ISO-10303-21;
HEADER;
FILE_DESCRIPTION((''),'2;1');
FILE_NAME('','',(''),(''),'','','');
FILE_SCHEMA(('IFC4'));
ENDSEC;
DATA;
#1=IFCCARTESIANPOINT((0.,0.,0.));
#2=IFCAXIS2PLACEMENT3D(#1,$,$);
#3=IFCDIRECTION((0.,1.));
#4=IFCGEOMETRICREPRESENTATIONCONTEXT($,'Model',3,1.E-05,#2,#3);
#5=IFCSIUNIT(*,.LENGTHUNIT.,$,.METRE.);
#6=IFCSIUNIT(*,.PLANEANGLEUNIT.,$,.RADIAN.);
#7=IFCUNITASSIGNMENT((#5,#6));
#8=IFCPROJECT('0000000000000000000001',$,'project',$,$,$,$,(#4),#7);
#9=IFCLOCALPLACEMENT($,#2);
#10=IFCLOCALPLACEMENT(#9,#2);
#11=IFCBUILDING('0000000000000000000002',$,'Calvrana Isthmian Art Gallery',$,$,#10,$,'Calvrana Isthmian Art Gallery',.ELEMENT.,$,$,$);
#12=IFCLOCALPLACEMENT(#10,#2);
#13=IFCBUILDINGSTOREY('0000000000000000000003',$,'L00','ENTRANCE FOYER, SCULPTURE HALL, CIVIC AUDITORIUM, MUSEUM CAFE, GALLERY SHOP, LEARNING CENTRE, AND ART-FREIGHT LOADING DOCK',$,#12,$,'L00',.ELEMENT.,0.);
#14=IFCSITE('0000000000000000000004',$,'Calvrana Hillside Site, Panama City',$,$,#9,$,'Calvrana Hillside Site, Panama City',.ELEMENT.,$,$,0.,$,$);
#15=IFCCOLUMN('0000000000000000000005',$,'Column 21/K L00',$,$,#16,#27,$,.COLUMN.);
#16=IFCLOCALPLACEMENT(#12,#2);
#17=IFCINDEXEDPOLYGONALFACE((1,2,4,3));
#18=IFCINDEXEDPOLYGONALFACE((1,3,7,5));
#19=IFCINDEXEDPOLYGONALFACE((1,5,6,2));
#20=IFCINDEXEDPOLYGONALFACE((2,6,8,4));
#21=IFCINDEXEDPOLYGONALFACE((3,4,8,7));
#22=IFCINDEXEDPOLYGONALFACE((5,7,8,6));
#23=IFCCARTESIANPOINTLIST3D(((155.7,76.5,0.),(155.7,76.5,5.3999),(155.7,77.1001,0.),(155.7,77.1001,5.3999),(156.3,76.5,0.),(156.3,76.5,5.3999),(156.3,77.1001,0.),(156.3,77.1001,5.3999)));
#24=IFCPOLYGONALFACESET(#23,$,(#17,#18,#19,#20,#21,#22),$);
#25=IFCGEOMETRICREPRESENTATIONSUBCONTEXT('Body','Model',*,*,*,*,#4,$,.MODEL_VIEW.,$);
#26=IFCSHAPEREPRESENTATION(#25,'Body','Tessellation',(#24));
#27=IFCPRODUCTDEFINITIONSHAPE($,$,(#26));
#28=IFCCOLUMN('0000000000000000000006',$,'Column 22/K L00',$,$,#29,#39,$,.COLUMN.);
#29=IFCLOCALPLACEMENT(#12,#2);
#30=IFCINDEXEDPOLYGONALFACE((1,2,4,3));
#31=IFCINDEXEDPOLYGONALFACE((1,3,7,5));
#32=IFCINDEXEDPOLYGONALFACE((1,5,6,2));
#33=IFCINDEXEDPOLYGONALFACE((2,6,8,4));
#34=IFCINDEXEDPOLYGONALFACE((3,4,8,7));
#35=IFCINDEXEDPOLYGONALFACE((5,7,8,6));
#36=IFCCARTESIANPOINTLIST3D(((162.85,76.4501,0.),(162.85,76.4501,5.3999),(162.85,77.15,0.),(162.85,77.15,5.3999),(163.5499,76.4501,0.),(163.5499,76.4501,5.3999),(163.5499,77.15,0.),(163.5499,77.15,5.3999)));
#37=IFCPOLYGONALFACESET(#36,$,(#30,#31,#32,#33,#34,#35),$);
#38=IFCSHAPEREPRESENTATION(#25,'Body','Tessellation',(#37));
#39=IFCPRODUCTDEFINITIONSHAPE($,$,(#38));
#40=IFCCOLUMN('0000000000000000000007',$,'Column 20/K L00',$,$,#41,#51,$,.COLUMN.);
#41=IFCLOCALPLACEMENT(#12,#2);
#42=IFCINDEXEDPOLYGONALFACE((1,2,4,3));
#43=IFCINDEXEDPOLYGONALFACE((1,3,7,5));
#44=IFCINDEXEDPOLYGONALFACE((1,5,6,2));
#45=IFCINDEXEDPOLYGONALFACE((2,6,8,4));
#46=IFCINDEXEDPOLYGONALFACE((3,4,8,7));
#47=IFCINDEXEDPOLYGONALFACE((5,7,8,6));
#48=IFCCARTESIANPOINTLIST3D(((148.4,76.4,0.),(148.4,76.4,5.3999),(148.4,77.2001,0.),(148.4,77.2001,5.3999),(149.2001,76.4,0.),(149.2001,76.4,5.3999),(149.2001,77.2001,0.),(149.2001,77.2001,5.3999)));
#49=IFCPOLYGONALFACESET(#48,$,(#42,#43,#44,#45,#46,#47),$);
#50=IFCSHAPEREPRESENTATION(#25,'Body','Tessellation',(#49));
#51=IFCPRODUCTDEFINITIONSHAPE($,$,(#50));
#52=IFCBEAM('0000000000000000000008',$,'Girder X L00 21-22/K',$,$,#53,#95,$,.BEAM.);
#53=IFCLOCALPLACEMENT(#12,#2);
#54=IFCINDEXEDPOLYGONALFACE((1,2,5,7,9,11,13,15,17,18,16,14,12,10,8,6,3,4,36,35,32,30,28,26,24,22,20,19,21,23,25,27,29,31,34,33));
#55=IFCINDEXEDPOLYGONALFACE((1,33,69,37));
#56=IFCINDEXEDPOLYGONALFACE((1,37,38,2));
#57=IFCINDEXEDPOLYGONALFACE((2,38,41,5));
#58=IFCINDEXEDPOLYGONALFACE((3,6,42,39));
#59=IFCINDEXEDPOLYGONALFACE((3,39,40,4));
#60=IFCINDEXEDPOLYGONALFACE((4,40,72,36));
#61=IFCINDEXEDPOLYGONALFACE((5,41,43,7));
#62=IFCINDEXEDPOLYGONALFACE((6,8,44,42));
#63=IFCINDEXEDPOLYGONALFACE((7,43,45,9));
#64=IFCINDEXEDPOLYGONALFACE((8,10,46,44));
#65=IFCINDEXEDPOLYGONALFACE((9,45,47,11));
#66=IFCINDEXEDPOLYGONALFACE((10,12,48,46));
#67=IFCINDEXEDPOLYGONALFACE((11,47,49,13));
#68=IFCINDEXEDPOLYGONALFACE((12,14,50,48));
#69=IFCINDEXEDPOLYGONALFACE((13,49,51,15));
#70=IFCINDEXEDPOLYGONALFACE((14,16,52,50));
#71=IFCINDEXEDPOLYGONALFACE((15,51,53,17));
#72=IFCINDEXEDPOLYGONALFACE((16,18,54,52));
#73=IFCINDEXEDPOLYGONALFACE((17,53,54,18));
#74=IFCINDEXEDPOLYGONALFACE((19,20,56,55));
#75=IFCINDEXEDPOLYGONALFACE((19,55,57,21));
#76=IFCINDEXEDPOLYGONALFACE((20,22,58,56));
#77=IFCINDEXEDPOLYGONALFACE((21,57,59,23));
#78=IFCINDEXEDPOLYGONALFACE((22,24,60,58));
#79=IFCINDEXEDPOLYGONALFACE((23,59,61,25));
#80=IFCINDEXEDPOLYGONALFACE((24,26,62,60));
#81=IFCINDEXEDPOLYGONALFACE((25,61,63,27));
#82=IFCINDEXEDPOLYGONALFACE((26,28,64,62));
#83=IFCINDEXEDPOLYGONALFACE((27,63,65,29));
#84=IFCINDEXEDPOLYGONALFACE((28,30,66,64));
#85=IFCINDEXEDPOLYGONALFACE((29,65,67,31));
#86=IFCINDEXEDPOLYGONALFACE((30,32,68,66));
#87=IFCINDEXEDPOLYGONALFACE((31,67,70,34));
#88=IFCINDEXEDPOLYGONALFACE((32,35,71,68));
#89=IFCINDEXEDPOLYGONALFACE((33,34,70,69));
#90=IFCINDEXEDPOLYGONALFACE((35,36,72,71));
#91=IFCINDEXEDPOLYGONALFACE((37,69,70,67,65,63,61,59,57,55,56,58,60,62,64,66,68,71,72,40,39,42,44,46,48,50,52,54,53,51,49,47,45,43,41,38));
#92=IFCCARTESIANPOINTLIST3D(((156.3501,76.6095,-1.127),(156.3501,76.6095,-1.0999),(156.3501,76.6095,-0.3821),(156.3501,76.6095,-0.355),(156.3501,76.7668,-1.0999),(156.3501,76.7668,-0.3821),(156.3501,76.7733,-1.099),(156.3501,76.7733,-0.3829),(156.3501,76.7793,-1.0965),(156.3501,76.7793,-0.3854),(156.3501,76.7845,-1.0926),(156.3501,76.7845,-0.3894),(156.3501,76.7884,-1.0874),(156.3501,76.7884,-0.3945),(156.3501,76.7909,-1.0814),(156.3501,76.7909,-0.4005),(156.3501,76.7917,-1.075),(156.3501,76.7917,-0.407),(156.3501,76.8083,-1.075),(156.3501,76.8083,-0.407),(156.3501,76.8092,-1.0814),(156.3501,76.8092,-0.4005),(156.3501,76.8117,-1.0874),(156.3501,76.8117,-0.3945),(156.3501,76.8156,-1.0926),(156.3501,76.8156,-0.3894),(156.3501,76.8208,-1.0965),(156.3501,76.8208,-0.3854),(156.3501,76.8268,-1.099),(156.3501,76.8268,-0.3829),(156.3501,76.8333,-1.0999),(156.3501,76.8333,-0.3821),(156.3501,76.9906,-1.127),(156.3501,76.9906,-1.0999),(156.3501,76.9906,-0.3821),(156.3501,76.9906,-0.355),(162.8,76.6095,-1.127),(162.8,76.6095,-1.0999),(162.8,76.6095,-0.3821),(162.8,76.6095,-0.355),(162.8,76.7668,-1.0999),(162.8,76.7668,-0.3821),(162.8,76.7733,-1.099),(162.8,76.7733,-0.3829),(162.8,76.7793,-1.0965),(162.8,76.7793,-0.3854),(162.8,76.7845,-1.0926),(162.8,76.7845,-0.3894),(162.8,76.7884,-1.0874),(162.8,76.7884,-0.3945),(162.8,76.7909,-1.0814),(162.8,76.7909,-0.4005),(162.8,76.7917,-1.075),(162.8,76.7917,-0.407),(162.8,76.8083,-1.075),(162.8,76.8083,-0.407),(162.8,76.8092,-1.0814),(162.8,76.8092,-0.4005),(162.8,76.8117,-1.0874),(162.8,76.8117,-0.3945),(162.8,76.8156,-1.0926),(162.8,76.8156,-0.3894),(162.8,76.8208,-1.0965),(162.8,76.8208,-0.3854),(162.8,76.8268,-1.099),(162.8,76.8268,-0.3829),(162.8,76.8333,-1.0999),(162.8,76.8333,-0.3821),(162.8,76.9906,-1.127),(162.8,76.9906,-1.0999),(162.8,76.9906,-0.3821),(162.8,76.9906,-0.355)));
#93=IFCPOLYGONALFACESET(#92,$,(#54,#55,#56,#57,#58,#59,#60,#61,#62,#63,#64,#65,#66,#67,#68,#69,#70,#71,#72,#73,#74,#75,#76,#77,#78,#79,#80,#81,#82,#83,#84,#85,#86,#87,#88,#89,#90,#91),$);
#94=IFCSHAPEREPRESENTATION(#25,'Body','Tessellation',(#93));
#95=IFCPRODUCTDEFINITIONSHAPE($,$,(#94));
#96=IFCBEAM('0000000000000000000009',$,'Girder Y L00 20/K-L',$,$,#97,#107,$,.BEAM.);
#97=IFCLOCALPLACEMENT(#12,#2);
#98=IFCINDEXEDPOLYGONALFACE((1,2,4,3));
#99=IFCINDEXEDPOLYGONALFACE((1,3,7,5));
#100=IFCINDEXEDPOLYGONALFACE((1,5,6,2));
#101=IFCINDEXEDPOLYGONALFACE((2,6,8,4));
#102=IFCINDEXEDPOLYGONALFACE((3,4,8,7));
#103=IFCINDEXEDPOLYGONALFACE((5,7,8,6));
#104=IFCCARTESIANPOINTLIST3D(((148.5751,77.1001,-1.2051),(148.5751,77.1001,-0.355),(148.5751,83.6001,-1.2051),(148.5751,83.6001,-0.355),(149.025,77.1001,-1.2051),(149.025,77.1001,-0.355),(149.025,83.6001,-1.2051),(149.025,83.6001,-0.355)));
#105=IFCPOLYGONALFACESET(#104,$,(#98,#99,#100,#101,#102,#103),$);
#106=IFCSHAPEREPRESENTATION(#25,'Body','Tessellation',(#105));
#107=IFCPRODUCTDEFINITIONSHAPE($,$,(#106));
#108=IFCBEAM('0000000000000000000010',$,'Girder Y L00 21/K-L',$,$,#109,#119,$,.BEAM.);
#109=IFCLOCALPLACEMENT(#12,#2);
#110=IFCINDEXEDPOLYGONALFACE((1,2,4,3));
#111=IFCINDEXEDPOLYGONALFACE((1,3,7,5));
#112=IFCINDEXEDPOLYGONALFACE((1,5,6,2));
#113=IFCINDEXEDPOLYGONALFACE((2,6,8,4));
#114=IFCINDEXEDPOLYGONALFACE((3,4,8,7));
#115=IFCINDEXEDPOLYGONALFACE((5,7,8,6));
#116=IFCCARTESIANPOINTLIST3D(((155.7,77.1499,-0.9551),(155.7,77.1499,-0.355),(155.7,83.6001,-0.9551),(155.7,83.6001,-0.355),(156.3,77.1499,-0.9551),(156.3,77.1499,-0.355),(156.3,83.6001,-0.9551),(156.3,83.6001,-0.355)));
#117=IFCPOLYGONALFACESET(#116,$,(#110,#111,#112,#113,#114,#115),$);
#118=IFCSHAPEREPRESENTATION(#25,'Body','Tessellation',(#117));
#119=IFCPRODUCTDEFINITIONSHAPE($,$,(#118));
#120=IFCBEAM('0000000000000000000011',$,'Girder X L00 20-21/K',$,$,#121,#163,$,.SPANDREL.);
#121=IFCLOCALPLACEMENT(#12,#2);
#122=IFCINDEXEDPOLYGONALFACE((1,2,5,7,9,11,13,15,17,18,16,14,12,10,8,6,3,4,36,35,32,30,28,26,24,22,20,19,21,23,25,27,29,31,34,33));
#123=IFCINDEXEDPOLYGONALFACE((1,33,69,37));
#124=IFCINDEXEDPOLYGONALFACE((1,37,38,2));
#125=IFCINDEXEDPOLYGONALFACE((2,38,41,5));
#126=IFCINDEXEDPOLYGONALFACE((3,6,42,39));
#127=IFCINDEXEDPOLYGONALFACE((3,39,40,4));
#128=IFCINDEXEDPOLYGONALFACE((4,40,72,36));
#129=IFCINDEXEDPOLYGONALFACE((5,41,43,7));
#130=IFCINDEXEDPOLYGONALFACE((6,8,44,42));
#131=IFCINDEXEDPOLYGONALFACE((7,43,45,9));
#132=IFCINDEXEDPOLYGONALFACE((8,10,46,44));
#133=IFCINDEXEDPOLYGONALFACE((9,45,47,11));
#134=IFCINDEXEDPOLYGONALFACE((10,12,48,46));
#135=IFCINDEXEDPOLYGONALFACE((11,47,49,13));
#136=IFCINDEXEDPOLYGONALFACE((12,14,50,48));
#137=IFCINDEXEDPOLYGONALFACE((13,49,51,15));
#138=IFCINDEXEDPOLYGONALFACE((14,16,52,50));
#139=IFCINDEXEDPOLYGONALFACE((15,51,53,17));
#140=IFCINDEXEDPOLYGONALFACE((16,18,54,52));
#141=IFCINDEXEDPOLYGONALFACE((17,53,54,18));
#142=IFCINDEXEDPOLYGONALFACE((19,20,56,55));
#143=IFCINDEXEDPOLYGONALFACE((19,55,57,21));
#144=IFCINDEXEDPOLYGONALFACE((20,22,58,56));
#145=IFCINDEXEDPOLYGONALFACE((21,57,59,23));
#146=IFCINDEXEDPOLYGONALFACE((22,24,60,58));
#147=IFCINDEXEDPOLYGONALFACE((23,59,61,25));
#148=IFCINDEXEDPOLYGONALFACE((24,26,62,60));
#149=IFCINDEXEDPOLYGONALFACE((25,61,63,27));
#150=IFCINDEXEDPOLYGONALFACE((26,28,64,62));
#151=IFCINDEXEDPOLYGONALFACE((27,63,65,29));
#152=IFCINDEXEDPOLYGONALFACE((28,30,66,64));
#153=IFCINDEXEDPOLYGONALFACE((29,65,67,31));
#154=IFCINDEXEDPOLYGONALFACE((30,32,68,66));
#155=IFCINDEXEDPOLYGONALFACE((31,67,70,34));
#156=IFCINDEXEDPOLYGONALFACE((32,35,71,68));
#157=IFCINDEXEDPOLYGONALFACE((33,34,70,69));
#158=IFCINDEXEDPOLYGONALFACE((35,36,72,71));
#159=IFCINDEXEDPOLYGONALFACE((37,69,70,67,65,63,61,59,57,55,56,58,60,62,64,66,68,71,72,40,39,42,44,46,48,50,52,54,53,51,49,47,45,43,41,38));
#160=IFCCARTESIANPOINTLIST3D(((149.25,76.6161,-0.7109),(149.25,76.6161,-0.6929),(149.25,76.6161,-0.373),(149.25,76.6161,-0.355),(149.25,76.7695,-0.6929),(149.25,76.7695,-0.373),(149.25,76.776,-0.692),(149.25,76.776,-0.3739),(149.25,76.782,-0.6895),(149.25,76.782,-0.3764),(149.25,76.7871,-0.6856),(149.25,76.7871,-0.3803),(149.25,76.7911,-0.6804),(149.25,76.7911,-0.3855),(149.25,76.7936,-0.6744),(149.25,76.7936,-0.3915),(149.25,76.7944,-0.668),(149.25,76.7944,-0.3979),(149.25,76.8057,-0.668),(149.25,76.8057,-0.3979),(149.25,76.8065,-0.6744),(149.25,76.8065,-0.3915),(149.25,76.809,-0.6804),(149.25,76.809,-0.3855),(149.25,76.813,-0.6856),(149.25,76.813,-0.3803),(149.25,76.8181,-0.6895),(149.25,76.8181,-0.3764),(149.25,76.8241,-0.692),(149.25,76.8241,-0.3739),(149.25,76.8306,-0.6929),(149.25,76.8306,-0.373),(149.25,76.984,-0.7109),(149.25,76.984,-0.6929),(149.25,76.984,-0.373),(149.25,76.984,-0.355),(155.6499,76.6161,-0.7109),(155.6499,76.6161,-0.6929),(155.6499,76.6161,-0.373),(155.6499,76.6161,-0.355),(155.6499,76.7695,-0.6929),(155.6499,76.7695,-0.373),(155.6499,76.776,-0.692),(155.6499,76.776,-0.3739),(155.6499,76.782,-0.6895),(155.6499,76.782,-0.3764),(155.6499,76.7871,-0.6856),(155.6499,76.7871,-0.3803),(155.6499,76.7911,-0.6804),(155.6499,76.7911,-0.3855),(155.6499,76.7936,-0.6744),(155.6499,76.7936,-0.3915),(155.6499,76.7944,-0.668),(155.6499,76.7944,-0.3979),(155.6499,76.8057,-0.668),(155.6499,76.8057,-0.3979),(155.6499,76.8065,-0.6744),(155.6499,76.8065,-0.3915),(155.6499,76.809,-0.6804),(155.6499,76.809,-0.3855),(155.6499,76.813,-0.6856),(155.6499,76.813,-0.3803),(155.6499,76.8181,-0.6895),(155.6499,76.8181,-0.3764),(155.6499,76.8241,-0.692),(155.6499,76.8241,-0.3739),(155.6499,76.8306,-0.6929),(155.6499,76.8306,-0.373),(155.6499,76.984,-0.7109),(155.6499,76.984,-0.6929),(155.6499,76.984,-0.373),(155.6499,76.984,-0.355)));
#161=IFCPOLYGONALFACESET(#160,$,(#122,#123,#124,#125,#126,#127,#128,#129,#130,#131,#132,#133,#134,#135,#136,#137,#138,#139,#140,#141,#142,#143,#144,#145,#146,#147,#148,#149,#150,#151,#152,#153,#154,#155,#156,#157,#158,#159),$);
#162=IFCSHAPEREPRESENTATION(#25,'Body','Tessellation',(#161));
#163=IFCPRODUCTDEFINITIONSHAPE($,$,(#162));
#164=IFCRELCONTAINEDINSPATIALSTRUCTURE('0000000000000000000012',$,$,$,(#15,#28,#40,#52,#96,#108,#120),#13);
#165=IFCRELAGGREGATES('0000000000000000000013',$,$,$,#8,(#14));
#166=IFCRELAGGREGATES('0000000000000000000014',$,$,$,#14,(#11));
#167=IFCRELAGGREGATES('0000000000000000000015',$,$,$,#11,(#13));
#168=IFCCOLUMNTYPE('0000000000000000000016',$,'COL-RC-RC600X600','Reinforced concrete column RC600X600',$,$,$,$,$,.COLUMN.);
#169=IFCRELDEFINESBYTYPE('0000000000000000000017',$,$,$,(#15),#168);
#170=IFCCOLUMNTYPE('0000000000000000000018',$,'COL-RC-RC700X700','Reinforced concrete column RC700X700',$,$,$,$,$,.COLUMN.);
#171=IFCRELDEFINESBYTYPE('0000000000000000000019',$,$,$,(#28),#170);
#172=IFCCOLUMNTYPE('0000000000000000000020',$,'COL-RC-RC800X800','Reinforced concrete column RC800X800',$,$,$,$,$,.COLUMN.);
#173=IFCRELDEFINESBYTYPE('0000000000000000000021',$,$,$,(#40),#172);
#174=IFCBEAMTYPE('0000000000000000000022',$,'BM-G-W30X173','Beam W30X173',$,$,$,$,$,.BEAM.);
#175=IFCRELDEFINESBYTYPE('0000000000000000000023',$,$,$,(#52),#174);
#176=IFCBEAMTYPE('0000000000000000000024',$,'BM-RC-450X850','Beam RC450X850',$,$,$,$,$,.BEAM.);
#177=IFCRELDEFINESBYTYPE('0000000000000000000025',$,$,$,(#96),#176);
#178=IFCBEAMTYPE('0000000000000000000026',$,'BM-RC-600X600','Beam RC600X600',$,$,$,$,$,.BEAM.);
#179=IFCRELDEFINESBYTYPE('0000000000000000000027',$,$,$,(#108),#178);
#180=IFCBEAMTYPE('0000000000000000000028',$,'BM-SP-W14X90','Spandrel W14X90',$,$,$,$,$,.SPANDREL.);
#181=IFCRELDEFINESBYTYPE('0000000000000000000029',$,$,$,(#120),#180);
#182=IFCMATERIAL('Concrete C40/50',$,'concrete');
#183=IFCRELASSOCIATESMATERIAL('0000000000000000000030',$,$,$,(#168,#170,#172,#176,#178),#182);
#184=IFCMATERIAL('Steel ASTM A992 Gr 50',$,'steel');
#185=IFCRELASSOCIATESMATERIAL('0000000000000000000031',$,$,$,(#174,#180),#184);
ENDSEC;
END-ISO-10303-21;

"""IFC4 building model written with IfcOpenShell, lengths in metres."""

from ifc_helpers import new_model, si_unit, direction, frame, origin, origin_2d, place, context, subcontext, project, spatial, rectangle, i_section, extrude, material, material_profile, profile_set, type_object, element, save


model = new_model("IFC4")

# Units and contexts
model_context = context("Model", 3, precision=1e-05, world=origin(), true_north=direction((0.0, 1.0)))
body_context = subcontext(model_context, "Body", "Model", "MODEL_VIEW")
ifc_project = project(units=[si_unit("LENGTHUNIT", "METRE"), si_unit("PLANEANGLEUNIT", "RADIAN")], contexts=[model_context])

# Site, building, storey
site_placement = place(None, origin())
site = spatial("IfcSite", under=ifc_project, at=site_placement, Name="Calvrana Hillside Site, Panama City", LongName="Calvrana Hillside Site, Panama City", CompositionType="ELEMENT", RefElevation=0.0)
building_placement = place(site_placement, origin())
building = spatial("IfcBuilding", under=site, at=building_placement, Name="Calvrana Isthmian Art Gallery", LongName="Calvrana Isthmian Art Gallery", CompositionType="ELEMENT")
storey_placement = place(building_placement, origin())
storey = spatial("IfcBuildingStorey", under=building, at=storey_placement, Name="L00", Description="ENTRANCE FOYER, SCULPTURE HALL, CIVIC AUDITORIUM, MUSEUM CAFE, GALLERY SHOP, LEARNING CENTRE, AND ART-FREIGHT LOADING DOCK", LongName="L00", CompositionType="ELEMENT", Elevation=0.0)

# Columns
ifc_material_1 = material(Name="Concrete C40/50", Category="concrete")
ifc_material_profile_1 = material_profile(ifc_material_1, rectangle(XDim=0.6001, YDim=0.6001, at=origin_2d()), Name="RC600X600")
ifc_profile_set_1 = profile_set([ifc_material_profile_1], Name="Concrete C40/50")
column_type_1 = type_object("IfcColumnType", Name="COL-RC-RC600X600", Description="Reinforced concrete column RC600X600", PredefinedType="COLUMN", material=ifc_profile_set_1)
column_1_placement = place(storey_placement, frame((156.0, 76.8, 0.0), z_axis=(0.0, 0.0, 1.0), x_axis=(1.0, 0.0, 0.0)))
element("IfcColumn", 1, at=column_1_placement, inside=storey, type_object=column_type_1, Name="Column 21/K L00", PredefinedType="COLUMN", context=body_context, shape_type="SweptSolid", body=[
    extrude(rectangle(XDim=0.6001, YDim=0.6001, at=origin_2d()), origin(), (0.0, 0.0, 1.0), 5.3999),
])
ifc_material_profile_2 = material_profile(ifc_material_1, rectangle(XDim=0.7, YDim=0.7, at=origin_2d()), Name="RC700X700")
ifc_profile_set_2 = profile_set([ifc_material_profile_2], Name="Concrete C40/50")
column_type_2 = type_object("IfcColumnType", Name="COL-RC-RC700X700", Description="Reinforced concrete column RC700X700", PredefinedType="COLUMN", material=ifc_profile_set_2)
column_2_placement = place(storey_placement, frame((163.2, 76.8, 0.0), z_axis=(0.0, 0.0, 1.0), x_axis=(1.0, 0.0, 0.0)))
element("IfcColumn", 2, at=column_2_placement, inside=storey, type_object=column_type_2, Name="Column 22/K L00", PredefinedType="COLUMN", context=body_context, shape_type="SweptSolid", body=[
    extrude(rectangle(XDim=0.7, YDim=0.7, at=origin_2d()), origin(), (0.0, 0.0, 1.0), 5.3999),
])
ifc_material_profile_3 = material_profile(ifc_material_1, rectangle(XDim=0.8, YDim=0.8, at=origin_2d()), Name="RC800X800")
ifc_profile_set_3 = profile_set([ifc_material_profile_3], Name="Concrete C40/50")
column_type_3 = type_object("IfcColumnType", Name="COL-RC-RC800X800", Description="Reinforced concrete column RC800X800", PredefinedType="COLUMN", material=ifc_profile_set_3)
column_3_placement = place(storey_placement, frame((148.8, 76.8, 0.0), z_axis=(0.0, 0.0, 1.0), x_axis=(1.0, 0.0, 0.0)))
element("IfcColumn", 3, at=column_3_placement, inside=storey, type_object=column_type_3, Name="Column 20/K L00", PredefinedType="COLUMN", context=body_context, shape_type="SweptSolid", body=[
    extrude(rectangle(XDim=0.8, YDim=0.8, at=origin_2d()), origin(), (0.0, 0.0, 1.0), 5.3999),
])

# Beams
ifc_material_2 = material(Name="Steel ASTM A992 Gr 50", Category="steel")
ifc_material_profile_4 = material_profile(ifc_material_2, i_section(OverallWidth=0.3811, OverallDepth=0.772, WebThickness=0.0166, FlangeThickness=0.0271, FilletRadius=0.0249, at=origin_2d()), Name="W30X173")
ifc_profile_set_4 = profile_set([ifc_material_profile_4], Name="Steel ASTM A992 Gr 50")
beam_type_1 = type_object("IfcBeamType", Name="BM-G-W30X173", Description="Beam W30X173", PredefinedType="BEAM", material=ifc_profile_set_4)
beam_1_placement = place(storey_placement, frame((156.3501, 76.8, -0.741), z_axis=(1.0, 0.0, 0.0), x_axis=(0.0, 1.0, 0.0)))
element("IfcBeam", 4, at=beam_1_placement, inside=storey, type_object=beam_type_1, Name="Girder X L00 21-22/K", PredefinedType="BEAM", context=body_context, shape_type="SweptSolid", body=[
    extrude(i_section(OverallWidth=0.3811, OverallDepth=0.772, WebThickness=0.0166, FlangeThickness=0.0271, FilletRadius=0.0249, at=origin_2d()), origin(), (0.0, 0.0, 1.0), 6.45),
])
ifc_material_profile_5 = material_profile(ifc_material_1, rectangle(XDim=0.45, YDim=0.8501, at=origin_2d()), Name="RC450X850")
ifc_profile_set_5 = profile_set([ifc_material_profile_5], Name="Concrete C40/50")
beam_type_2 = type_object("IfcBeamType", Name="BM-RC-450X850", Description="Beam RC450X850", PredefinedType="BEAM", material=ifc_profile_set_5)
beam_2_placement = place(storey_placement, frame((148.8, 77.1001, -0.78), z_axis=(0.0, 1.0, 0.0), x_axis=(-1.0, 0.0, 0.0)))
element("IfcBeam", 5, at=beam_2_placement, inside=storey, type_object=beam_type_2, Name="Girder Y L00 20/K-L", PredefinedType="BEAM", context=body_context, shape_type="SweptSolid", body=[
    extrude(rectangle(XDim=0.45, YDim=0.8501, at=origin_2d()), origin(), (0.0, 0.0, 1.0), 6.5),
])
ifc_material_profile_6 = material_profile(ifc_material_1, rectangle(XDim=0.6001, YDim=0.6001, at=origin_2d()), Name="RC600X600")
ifc_profile_set_6 = profile_set([ifc_material_profile_6], Name="Concrete C40/50")
beam_type_3 = type_object("IfcBeamType", Name="BM-RC-600X600", Description="Beam RC600X600", PredefinedType="BEAM", material=ifc_profile_set_6)
beam_3_placement = place(storey_placement, frame((156.0, 77.1499, -0.655), z_axis=(0.0, 1.0, 0.0), x_axis=(-1.0, 0.0, 0.0)))
element("IfcBeam", 6, at=beam_3_placement, inside=storey, type_object=beam_type_3, Name="Girder Y L00 21/K-L", PredefinedType="BEAM", context=body_context, shape_type="SweptSolid", body=[
    extrude(rectangle(XDim=0.6001, YDim=0.6001, at=origin_2d()), origin(), (0.0, 0.0, 1.0), 6.4502),
])
ifc_material_profile_7 = material_profile(ifc_material_2, i_section(OverallWidth=0.3679, OverallDepth=0.356, WebThickness=0.0112, FlangeThickness=0.0181, FilletRadius=0.0249, at=origin_2d()), Name="W14X90")
ifc_profile_set_7 = profile_set([ifc_material_profile_7], Name="Steel ASTM A992 Gr 50")
beam_type_4 = type_object("IfcBeamType", Name="BM-SP-W14X90", Description="Spandrel W14X90", PredefinedType="SPANDREL", material=ifc_profile_set_7)
beam_4_placement = place(storey_placement, frame((149.25, 76.8, -0.533), z_axis=(1.0, 0.0, 0.0), x_axis=(0.0, 1.0, 0.0)))
element("IfcBeam", 7, at=beam_4_placement, inside=storey, type_object=beam_type_4, Name="Girder X L00 20-21/K", PredefinedType="SPANDREL", context=body_context, shape_type="SweptSolid", body=[
    extrude(i_section(OverallWidth=0.3679, OverallDepth=0.356, WebThickness=0.0112, FlangeThickness=0.0181, FilletRadius=0.0249, at=origin_2d()), origin(), (0.0, 0.0, 1.0), 6.3999),
])

save(model, "model.ifc")
